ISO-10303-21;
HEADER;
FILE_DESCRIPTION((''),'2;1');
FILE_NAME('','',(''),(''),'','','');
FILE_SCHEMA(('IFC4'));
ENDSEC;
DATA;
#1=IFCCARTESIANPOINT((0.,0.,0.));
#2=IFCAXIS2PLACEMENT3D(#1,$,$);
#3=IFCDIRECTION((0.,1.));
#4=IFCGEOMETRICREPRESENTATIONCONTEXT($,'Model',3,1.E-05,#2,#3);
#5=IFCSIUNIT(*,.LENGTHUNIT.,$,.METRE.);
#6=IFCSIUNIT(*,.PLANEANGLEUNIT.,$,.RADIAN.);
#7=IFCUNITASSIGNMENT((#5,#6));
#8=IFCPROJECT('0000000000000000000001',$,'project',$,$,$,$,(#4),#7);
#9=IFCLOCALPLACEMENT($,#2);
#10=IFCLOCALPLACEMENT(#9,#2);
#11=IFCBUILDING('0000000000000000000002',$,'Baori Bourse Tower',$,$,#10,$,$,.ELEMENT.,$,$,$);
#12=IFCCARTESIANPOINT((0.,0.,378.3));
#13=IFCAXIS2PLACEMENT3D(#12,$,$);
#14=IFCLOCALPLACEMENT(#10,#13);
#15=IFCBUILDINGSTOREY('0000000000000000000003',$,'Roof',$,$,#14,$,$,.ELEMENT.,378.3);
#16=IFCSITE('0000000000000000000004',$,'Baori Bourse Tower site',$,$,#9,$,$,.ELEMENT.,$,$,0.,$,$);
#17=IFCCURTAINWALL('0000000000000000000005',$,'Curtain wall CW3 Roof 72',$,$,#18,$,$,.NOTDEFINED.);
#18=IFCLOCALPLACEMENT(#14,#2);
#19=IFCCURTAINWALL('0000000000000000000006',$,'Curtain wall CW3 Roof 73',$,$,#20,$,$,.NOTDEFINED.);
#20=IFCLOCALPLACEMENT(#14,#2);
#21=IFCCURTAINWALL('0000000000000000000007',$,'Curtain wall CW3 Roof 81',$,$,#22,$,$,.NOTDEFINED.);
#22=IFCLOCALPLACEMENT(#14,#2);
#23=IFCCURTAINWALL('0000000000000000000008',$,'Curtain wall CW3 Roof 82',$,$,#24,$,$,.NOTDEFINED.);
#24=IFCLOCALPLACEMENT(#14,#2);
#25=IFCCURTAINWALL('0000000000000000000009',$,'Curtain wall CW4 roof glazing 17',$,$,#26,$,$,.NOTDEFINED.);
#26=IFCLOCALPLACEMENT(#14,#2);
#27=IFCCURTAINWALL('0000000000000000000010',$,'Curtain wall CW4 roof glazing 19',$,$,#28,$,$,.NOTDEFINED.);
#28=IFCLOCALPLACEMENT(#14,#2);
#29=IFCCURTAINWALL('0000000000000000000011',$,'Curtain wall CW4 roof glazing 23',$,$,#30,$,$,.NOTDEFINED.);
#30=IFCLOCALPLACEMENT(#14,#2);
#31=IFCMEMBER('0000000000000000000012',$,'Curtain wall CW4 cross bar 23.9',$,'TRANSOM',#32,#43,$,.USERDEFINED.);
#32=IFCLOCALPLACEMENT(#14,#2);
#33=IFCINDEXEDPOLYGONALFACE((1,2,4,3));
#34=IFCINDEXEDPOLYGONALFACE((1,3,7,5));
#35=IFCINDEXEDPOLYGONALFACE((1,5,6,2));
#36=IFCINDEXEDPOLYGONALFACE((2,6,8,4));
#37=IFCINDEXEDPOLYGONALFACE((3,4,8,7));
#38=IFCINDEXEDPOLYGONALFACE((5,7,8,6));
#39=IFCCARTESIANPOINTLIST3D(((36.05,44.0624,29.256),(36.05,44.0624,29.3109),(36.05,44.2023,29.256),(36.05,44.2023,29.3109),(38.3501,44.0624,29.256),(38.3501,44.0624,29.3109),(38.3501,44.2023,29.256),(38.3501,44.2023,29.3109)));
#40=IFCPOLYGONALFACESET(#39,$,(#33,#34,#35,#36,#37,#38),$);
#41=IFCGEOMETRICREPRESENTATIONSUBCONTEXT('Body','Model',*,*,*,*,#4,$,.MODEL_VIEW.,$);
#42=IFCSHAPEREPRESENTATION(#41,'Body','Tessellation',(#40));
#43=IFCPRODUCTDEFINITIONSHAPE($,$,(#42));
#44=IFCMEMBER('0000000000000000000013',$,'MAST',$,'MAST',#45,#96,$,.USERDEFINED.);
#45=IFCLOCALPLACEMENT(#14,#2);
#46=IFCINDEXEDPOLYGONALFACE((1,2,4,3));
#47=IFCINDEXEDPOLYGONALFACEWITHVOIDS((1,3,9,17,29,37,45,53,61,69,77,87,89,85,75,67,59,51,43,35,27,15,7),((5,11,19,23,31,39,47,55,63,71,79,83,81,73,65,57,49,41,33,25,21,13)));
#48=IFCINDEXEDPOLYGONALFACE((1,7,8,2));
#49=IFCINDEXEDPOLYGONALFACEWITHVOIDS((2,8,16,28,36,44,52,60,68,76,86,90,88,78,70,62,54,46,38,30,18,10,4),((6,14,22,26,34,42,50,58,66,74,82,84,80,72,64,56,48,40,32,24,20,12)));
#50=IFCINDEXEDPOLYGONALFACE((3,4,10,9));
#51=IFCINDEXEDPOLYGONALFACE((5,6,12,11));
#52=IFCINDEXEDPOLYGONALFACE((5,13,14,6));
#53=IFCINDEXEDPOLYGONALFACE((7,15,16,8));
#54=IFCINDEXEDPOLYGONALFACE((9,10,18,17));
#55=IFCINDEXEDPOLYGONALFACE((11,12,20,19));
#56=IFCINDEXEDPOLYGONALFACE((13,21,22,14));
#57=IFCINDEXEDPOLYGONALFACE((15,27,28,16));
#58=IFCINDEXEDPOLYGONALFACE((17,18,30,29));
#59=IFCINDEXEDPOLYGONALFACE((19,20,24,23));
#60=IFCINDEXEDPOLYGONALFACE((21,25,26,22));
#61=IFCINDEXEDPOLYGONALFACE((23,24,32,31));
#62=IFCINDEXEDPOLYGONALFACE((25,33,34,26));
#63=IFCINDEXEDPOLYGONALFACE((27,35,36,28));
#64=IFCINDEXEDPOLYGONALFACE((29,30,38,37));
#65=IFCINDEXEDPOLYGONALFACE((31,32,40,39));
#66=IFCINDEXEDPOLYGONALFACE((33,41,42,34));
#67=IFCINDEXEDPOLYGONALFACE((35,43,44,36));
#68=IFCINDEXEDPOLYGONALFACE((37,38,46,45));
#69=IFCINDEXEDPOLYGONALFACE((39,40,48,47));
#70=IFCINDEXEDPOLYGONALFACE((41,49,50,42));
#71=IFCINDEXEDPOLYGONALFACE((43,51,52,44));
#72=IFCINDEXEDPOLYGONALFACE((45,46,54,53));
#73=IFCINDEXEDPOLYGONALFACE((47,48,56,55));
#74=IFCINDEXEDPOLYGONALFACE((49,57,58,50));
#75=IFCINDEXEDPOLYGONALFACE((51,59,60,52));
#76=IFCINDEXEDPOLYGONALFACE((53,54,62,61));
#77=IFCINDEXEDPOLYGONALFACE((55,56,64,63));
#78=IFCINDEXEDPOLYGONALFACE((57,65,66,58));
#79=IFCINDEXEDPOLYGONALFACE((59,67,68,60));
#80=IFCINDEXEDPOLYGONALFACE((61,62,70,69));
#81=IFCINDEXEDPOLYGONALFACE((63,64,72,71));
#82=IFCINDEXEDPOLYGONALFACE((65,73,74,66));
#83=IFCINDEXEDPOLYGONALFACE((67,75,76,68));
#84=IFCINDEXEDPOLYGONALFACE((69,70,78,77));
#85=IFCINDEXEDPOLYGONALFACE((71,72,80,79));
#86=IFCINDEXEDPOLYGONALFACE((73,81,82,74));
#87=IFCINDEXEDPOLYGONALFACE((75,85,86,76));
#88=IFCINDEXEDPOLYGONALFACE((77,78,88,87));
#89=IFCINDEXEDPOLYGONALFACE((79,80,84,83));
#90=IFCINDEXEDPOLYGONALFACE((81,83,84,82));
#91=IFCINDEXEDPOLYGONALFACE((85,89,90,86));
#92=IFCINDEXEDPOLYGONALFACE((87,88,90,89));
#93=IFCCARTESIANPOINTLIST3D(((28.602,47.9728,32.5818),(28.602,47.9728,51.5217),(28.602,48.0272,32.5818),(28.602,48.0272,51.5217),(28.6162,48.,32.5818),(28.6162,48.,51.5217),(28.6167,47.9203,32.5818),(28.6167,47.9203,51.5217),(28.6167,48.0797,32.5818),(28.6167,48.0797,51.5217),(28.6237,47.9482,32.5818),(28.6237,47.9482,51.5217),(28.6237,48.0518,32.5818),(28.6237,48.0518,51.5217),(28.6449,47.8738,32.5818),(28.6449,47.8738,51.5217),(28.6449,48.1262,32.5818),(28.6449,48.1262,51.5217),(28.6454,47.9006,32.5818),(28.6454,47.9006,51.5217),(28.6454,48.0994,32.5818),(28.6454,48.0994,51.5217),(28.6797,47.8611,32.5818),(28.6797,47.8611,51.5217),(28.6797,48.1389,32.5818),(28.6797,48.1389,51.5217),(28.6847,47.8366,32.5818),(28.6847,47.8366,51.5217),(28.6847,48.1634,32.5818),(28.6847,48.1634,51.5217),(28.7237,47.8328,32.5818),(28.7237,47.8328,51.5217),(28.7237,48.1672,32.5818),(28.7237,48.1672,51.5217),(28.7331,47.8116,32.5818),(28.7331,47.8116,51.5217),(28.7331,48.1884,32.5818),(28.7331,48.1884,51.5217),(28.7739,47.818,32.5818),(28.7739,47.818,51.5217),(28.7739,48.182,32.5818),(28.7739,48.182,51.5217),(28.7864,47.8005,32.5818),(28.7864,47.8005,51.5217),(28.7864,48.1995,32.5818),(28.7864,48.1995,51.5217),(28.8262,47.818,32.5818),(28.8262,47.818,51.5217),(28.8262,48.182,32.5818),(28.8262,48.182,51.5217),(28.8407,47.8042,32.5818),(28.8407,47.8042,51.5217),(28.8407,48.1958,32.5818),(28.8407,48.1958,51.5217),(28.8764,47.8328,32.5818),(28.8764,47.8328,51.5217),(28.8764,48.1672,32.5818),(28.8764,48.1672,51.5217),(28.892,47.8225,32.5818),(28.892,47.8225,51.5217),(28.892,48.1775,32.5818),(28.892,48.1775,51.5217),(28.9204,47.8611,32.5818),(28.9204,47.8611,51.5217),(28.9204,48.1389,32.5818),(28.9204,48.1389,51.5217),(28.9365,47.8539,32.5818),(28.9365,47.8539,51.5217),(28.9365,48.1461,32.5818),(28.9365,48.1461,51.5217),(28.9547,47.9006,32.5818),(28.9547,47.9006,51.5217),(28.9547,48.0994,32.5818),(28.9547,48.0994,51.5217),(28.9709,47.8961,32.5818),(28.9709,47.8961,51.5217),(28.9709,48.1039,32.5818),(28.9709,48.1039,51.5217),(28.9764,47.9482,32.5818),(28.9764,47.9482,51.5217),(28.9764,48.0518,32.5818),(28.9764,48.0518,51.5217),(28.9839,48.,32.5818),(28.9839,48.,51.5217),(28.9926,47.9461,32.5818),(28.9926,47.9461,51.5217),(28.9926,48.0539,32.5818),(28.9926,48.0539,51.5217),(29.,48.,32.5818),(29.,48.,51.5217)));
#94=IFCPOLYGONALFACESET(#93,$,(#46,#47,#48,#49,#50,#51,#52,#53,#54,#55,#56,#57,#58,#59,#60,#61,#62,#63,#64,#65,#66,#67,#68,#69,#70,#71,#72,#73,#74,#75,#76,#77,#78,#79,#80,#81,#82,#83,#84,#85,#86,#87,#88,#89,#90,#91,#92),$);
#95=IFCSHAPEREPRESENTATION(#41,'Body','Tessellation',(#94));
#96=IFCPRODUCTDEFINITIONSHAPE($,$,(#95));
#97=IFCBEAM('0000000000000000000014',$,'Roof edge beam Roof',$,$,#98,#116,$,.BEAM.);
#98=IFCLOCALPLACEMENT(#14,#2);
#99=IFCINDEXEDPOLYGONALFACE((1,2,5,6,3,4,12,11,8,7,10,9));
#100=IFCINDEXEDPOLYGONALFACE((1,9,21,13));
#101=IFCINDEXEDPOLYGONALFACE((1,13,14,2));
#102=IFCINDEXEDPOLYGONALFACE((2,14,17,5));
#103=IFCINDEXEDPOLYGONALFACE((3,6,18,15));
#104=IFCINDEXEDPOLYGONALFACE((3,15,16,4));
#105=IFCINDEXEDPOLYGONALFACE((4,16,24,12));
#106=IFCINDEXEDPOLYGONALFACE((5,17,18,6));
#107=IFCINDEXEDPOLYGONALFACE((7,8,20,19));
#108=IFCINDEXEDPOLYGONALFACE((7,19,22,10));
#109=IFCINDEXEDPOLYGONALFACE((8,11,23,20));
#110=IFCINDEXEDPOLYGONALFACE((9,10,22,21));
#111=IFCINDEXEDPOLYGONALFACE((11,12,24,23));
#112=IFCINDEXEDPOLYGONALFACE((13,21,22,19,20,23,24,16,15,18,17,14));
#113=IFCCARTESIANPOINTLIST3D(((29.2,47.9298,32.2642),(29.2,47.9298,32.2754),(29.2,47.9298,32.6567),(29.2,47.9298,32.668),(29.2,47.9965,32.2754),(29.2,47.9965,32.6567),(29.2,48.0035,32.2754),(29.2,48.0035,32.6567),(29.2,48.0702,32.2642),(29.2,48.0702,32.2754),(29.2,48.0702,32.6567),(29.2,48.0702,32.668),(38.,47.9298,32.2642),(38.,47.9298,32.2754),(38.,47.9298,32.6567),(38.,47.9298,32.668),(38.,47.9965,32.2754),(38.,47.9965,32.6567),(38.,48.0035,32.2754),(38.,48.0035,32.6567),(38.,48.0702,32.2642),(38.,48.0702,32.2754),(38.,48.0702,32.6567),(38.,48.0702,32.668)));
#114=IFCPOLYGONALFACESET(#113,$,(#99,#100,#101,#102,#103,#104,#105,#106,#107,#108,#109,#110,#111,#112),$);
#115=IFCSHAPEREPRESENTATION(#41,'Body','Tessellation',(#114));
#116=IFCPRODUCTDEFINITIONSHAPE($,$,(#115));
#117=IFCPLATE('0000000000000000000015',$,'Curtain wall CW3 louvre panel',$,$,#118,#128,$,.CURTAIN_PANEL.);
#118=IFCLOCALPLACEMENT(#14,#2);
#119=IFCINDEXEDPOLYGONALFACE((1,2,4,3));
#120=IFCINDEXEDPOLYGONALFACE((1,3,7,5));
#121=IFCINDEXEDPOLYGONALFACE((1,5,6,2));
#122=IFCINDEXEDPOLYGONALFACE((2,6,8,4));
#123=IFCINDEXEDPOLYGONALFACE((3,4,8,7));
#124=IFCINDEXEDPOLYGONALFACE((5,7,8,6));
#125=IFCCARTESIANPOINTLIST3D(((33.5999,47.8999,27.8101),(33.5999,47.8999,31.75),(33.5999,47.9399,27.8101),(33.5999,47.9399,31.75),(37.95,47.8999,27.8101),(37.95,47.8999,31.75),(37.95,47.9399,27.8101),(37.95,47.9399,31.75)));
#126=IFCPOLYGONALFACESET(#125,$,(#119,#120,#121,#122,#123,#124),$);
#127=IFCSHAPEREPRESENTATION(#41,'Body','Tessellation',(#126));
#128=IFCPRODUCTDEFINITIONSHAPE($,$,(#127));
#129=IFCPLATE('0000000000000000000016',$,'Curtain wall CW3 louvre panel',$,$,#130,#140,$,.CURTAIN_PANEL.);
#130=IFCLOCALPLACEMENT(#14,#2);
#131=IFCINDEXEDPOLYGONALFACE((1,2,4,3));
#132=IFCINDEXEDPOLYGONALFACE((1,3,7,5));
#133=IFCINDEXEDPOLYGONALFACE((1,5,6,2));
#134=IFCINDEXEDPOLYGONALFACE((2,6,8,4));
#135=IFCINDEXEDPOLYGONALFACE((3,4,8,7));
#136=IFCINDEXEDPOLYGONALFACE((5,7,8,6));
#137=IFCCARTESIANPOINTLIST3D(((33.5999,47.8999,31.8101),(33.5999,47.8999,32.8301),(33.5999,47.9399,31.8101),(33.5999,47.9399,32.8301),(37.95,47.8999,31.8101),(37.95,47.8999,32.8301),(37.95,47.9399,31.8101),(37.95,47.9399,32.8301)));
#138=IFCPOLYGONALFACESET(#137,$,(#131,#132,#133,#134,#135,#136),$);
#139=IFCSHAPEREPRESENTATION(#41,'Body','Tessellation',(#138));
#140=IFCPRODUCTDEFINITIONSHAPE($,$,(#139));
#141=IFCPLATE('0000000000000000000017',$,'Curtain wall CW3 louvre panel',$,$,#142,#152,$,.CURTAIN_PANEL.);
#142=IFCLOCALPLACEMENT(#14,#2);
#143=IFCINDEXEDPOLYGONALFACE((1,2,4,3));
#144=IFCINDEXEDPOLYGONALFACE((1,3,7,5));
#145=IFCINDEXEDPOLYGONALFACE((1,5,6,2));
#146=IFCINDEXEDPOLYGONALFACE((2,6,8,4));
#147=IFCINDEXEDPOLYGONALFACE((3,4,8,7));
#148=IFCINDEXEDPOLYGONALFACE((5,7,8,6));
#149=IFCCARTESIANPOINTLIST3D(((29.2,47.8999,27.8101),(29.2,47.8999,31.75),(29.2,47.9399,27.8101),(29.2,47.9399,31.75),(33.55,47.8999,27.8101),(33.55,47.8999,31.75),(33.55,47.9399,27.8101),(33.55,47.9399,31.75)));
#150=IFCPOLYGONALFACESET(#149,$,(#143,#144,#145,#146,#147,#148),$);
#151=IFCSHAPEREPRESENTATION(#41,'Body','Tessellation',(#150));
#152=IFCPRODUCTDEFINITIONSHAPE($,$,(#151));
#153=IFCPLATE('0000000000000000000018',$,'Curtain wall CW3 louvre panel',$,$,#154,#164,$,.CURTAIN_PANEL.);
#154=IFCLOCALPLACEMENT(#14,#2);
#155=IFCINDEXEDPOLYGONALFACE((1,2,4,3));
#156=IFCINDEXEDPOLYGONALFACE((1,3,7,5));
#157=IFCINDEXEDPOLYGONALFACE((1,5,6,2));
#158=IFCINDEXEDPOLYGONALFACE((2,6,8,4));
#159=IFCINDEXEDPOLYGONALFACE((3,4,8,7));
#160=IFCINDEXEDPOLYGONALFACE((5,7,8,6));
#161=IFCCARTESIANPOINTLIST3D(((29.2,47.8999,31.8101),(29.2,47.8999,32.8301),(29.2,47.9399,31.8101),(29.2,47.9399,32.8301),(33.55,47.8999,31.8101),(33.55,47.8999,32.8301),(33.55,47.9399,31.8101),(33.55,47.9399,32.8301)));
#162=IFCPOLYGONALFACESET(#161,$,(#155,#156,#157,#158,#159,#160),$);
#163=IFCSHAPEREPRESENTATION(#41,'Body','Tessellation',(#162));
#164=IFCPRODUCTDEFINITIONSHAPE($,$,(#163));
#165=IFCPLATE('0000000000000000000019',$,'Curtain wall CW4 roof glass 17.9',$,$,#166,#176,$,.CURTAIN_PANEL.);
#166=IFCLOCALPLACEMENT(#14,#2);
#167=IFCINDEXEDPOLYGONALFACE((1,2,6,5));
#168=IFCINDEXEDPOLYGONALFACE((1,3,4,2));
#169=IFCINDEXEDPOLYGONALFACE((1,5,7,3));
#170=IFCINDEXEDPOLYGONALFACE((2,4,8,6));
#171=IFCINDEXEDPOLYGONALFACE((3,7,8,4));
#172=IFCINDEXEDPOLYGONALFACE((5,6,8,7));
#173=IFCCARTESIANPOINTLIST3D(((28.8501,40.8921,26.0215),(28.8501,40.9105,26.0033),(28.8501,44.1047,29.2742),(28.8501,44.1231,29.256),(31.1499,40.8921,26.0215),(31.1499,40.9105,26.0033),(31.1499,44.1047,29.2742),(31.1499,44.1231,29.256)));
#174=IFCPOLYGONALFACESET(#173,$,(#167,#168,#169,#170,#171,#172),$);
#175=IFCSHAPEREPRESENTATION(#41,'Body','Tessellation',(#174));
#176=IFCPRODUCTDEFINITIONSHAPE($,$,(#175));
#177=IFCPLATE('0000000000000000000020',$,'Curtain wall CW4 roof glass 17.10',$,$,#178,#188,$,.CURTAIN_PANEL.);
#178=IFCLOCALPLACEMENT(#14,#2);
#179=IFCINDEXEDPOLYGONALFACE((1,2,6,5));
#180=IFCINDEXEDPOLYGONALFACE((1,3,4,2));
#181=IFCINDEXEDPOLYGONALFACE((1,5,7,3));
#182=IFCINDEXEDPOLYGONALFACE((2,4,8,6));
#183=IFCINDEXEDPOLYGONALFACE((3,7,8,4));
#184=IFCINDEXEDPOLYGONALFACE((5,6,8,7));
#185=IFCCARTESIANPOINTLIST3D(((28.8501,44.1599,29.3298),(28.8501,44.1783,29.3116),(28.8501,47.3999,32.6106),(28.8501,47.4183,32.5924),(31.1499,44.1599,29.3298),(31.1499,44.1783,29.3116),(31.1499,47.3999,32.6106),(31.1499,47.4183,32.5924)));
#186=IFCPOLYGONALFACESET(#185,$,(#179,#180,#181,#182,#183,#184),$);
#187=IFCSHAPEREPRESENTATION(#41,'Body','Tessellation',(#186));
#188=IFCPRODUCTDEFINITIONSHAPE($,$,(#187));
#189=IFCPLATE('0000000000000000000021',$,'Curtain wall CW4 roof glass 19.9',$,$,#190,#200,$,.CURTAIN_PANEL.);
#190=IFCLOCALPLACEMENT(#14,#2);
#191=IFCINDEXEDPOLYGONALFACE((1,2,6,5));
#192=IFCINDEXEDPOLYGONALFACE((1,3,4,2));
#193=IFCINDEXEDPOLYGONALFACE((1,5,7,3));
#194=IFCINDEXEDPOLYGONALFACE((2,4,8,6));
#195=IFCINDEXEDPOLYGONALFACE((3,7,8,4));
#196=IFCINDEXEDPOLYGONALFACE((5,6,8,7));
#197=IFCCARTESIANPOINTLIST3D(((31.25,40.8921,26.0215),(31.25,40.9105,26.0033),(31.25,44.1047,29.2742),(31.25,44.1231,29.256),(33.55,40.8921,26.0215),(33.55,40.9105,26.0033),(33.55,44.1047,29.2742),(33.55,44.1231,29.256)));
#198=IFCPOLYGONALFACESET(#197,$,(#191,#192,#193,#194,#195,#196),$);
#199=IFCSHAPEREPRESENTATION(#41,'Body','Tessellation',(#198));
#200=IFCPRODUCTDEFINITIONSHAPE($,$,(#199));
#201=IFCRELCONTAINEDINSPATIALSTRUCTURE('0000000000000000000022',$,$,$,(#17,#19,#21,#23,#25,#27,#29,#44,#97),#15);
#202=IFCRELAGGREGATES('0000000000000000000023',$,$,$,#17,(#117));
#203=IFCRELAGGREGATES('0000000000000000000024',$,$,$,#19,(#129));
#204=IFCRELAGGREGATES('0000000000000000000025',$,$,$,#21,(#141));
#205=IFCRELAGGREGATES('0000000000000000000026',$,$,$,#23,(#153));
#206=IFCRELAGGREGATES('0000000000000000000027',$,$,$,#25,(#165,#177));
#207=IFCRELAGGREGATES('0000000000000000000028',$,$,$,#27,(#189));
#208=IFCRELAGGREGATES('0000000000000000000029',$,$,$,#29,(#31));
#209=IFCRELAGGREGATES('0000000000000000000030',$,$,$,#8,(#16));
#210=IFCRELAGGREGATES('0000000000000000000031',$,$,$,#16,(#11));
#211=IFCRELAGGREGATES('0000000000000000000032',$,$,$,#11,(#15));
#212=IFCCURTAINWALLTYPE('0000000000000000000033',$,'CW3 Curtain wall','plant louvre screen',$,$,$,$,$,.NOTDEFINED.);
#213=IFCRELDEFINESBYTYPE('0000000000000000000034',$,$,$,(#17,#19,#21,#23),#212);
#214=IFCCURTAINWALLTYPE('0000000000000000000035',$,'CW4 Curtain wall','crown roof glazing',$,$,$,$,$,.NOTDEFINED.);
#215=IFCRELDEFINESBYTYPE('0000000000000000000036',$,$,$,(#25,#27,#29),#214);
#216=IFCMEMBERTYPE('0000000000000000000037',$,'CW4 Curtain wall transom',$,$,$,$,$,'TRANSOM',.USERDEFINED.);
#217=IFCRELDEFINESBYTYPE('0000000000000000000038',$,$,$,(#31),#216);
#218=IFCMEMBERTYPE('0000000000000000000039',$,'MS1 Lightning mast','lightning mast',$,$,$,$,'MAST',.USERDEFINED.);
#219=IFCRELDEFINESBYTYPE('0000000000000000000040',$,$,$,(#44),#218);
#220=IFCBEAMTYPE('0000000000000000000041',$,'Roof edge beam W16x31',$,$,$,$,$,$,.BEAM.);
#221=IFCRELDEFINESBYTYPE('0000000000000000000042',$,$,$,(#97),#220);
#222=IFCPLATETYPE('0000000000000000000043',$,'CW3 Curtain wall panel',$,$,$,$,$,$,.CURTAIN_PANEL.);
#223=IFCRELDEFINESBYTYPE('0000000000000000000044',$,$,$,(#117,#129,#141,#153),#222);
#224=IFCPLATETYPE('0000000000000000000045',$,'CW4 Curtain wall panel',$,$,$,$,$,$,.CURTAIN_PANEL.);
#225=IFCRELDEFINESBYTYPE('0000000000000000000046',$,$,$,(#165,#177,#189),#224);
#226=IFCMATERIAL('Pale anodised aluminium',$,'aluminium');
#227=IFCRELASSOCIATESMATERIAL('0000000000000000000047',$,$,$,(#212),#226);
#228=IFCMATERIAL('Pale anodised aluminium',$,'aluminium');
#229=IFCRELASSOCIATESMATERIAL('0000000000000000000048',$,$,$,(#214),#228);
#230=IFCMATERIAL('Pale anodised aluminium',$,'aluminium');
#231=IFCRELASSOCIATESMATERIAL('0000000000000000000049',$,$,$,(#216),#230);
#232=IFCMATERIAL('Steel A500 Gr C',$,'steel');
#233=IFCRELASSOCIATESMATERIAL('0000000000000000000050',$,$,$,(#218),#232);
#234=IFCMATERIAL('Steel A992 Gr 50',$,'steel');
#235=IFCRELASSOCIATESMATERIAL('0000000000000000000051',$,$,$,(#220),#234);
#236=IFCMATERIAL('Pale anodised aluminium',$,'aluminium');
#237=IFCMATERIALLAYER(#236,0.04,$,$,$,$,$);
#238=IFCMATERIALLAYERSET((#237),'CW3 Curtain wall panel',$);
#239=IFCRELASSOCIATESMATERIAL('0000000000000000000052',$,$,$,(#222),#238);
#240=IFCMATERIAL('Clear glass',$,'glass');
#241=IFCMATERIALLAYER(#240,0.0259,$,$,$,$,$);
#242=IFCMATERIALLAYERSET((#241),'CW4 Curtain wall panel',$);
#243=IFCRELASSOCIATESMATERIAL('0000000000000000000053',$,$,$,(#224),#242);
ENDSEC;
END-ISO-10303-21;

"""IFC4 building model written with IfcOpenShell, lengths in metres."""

from ifc_helpers import new_model, si_unit, direction, frame, origin, origin_2d, place, context, subcontext, project, spatial, polyline, rectangle, hollow_circle, i_section, outline, extrude, material, layer, layer_set, material_profile, profile_set, type_object, element, aggregate, save


model = new_model("IFC4")

# Units and contexts
model_context = context("Model", 3, precision=1e-05, world=origin(), true_north=direction((0.0, 1.0)))
body_context = subcontext(model_context, "Body", "Model", "MODEL_VIEW")
ifc_project = project(units=[si_unit("LENGTHUNIT", "METRE"), si_unit("PLANEANGLEUNIT", "RADIAN")], contexts=[model_context])

# Site, building, storey
site_placement = place(None, origin())
site = spatial("IfcSite", under=ifc_project, at=site_placement, Name="Baori Bourse Tower site", CompositionType="ELEMENT", RefElevation=0.0)
building_placement = place(site_placement, origin())
building = spatial("IfcBuilding", under=site, at=building_placement, Name="Baori Bourse Tower", CompositionType="ELEMENT")
storey_placement = place(building_placement, frame((0.0, 0.0, 378.3)))
storey = spatial("IfcBuildingStorey", under=building, at=storey_placement, Name="Roof", CompositionType="ELEMENT", Elevation=378.3)

# Curtain walls
ifc_material_1 = material(Name="Pale anodised aluminium", Category="aluminium")
curtain_wall_type_1 = type_object("IfcCurtainWallType", Name="CW3 Curtain wall", Description="plant louvre screen", PredefinedType="NOTDEFINED", material=ifc_material_1)
curtain_wall_1_placement = place(storey_placement, origin())
curtain_wall_1 = element("IfcCurtainWall", 1, at=curtain_wall_1_placement, inside=storey, type_object=curtain_wall_type_1, Name="Curtain wall CW3 Roof 72", PredefinedType="NOTDEFINED")
curtain_wall_2_placement = place(storey_placement, origin())
curtain_wall_2 = element("IfcCurtainWall", 2, at=curtain_wall_2_placement, inside=storey, type_object=curtain_wall_type_1, Name="Curtain wall CW3 Roof 73", PredefinedType="NOTDEFINED")
curtain_wall_3_placement = place(storey_placement, origin())
curtain_wall_3 = element("IfcCurtainWall", 3, at=curtain_wall_3_placement, inside=storey, type_object=curtain_wall_type_1, Name="Curtain wall CW3 Roof 81", PredefinedType="NOTDEFINED")
curtain_wall_4_placement = place(storey_placement, origin())
curtain_wall_4 = element("IfcCurtainWall", 4, at=curtain_wall_4_placement, inside=storey, type_object=curtain_wall_type_1, Name="Curtain wall CW3 Roof 82", PredefinedType="NOTDEFINED")

# Curtain walls
ifc_material_2 = material(Name="Pale anodised aluminium", Category="aluminium")
curtain_wall_type_2 = type_object("IfcCurtainWallType", Name="CW4 Curtain wall", Description="crown roof glazing", PredefinedType="NOTDEFINED", material=ifc_material_2)
curtain_wall_5_placement = place(storey_placement, origin())
curtain_wall_5 = element("IfcCurtainWall", 5, at=curtain_wall_5_placement, inside=storey, type_object=curtain_wall_type_2, Name="Curtain wall CW4 roof glazing 17", PredefinedType="NOTDEFINED")
ifc_material_3 = material(Name="Pale anodised aluminium", Category="aluminium")
ifc_material_profile_1 = material_profile(ifc_material_3, rectangle(XDim=0.1399, YDim=0.0549, at=origin_2d()), Name="Transom 55x140")
ifc_profile_set_1 = profile_set([ifc_material_profile_1], Name="Pale anodised aluminium")
member_type_1 = type_object("IfcMemberType", Name="CW4 Curtain wall transom", ElementType="TRANSOM", PredefinedType="USERDEFINED", material=ifc_profile_set_1)
curtain_wall_6_placement = place(storey_placement, origin())
curtain_wall_6 = element("IfcCurtainWall", 6, at=curtain_wall_6_placement, inside=storey, type_object=curtain_wall_type_2, Name="Curtain wall CW4 roof glazing 19", PredefinedType="NOTDEFINED")

# Curtain wall, member
curtain_wall_7_placement = place(storey_placement, origin())
curtain_wall_7 = element("IfcCurtainWall", 7, at=curtain_wall_7_placement, inside=storey, type_object=curtain_wall_type_2, Name="Curtain wall CW4 roof glazing 23", PredefinedType="NOTDEFINED")
member_1_placement = place(storey_placement, frame((36.05, 44.1323, 29.2834), z_axis=(1.0, 0.0, 0.0), x_axis=(0.0, 1.0, 0.0)))
member_1 = element("IfcMember", 8, at=member_1_placement, type_object=member_type_1, Name="Curtain wall CW4 cross bar 23.9", ObjectType="TRANSOM", PredefinedType="USERDEFINED", context=body_context, shape_type="SweptSolid", body=[
    extrude(rectangle(XDim=0.1399, YDim=0.0549, at=origin_2d()), origin(), (0.0, 0.0, 1.0), 2.3),
])

# Member
ifc_material_4 = material(Name="Steel A500 Gr C", Category="steel")
ifc_material_profile_2 = material_profile(ifc_material_4, hollow_circle(Radius=0.2, WallThickness=0.0161, at=origin_2d()), Name="CHS 400x16")
ifc_profile_set_2 = profile_set([ifc_material_profile_2], Name="Steel A500 Gr C")
member_type_2 = type_object("IfcMemberType", Name="MS1 Lightning mast", Description="lightning mast", ElementType="MAST", PredefinedType="USERDEFINED", material=ifc_profile_set_2)
member_2_placement = place(storey_placement, frame((28.8, 48.0, 32.5818), z_axis=(0.0, 0.0, 1.0), x_axis=(1.0, 0.0, 0.0)))
element("IfcMember", 9, at=member_2_placement, inside=storey, type_object=member_type_2, Name="MAST", ObjectType="MAST", PredefinedType="USERDEFINED", context=body_context, shape_type="SweptSolid", body=[
    extrude(hollow_circle(Radius=0.2, WallThickness=0.0161, at=origin_2d()), origin(), (0.0, 0.0, 1.0), 18.9399),
])

# Beam
ifc_material_5 = material(Name="Steel A992 Gr 50", Category="steel")
ifc_material_profile_3 = material_profile(ifc_material_5, i_section(OverallWidth=0.1404, OverallDepth=0.4038, WebThickness=0.0071, FlangeThickness=0.0112, at=origin_2d()), Name="W16x31")
ifc_profile_set_3 = profile_set([ifc_material_profile_3], Name="Steel A992 Gr 50")
beam_type = type_object("IfcBeamType", Name="Roof edge beam W16x31", PredefinedType="BEAM", material=ifc_profile_set_3)
beam_placement = place(storey_placement, frame((29.2, 48.0, 32.4661), z_axis=(1.0, 0.0, 0.0), x_axis=(0.0, 1.0, 0.0)))
element("IfcBeam", 10, at=beam_placement, inside=storey, type_object=beam_type, Name="Roof edge beam Roof", PredefinedType="BEAM", context=body_context, shape_type="SweptSolid", body=[
    extrude(i_section(OverallWidth=0.1404, OverallDepth=0.4038, WebThickness=0.0071, FlangeThickness=0.0112, at=origin_2d()), origin(), (0.0, 0.0, 1.0), 8.8),
])

# Plates
ifc_material_6 = material(Name="Pale anodised aluminium", Category="aluminium")
ifc_layer_1 = layer(ifc_material_6, 0.04)
ifc_layer_set_1 = layer_set([ifc_layer_1], Name="CW3 Curtain wall panel")
plate_type_1 = type_object("IfcPlateType", Name="CW3 Curtain wall panel", PredefinedType="CURTAIN_PANEL", material=ifc_layer_set_1)
plate_1_placement = place(storey_placement, frame((35.7749, 47.9199, 27.8101), z_axis=(0.0, 0.0, 1.0), x_axis=(-1.0, 0.0, 0.0)))
plate_1 = element("IfcPlate", 11, at=plate_1_placement, type_object=plate_type_1, Name="Curtain wall CW3 louvre panel", PredefinedType="CURTAIN_PANEL", context=body_context, shape_type="SweptSolid", body=[
    extrude(rectangle(XDim=4.3501, YDim=0.04, at=origin_2d()), origin(), (0.0, 0.0, 1.0), 3.9399),
])
aggregate(curtain_wall_1, [plate_1])
plate_2_placement = place(storey_placement, frame((35.7749, 47.9199, 31.8101), z_axis=(0.0, 0.0, 1.0), x_axis=(-1.0, 0.0, 0.0)))
plate_2 = element("IfcPlate", 12, at=plate_2_placement, type_object=plate_type_1, Name="Curtain wall CW3 louvre panel", PredefinedType="CURTAIN_PANEL", context=body_context, shape_type="SweptSolid", body=[
    extrude(rectangle(XDim=4.3501, YDim=0.04, at=origin_2d()), origin(), (0.0, 0.0, 1.0), 1.02),
])
aggregate(curtain_wall_2, [plate_2])
plate_3_placement = place(storey_placement, frame((31.375, 47.9199, 27.8101), z_axis=(0.0, 0.0, 1.0), x_axis=(-1.0, 0.0, 0.0)))
plate_3 = element("IfcPlate", 13, at=plate_3_placement, type_object=plate_type_1, Name="Curtain wall CW3 louvre panel", PredefinedType="CURTAIN_PANEL", context=body_context, shape_type="SweptSolid", body=[
    extrude(rectangle(XDim=4.3501, YDim=0.04, at=origin_2d()), origin(), (0.0, 0.0, 1.0), 3.9399),
])
aggregate(curtain_wall_3, [plate_3])
plate_4_placement = place(storey_placement, frame((31.375, 47.9199, 31.8101), z_axis=(0.0, 0.0, 1.0), x_axis=(-1.0, 0.0, 0.0)))
plate_4 = element("IfcPlate", 14, at=plate_4_placement, type_object=plate_type_1, Name="Curtain wall CW3 louvre panel", PredefinedType="CURTAIN_PANEL", context=body_context, shape_type="SweptSolid", body=[
    extrude(rectangle(XDim=4.3501, YDim=0.04, at=origin_2d()), origin(), (0.0, 0.0, 1.0), 1.02),
])
aggregate(curtain_wall_4, [plate_4])
ifc_material_7 = material(Name="Clear glass", Category="glass")
ifc_layer_2 = layer(ifc_material_7, 0.0259)
ifc_layer_set_2 = layer_set([ifc_layer_2], Name="CW4 Curtain wall panel")
plate_type_2 = type_object("IfcPlateType", Name="CW4 Curtain wall panel", PredefinedType="CURTAIN_PANEL", material=ifc_layer_set_2)
plate_5_placement = place(storey_placement, frame((28.8501, 40.8921, 26.0215), z_axis=(0.0, -0.711472, 0.702714), x_axis=(1.0, 0.0, 0.0)))
plate_5 = element("IfcPlate", 15, at=plate_5_placement, type_object=plate_type_2, Name="Curtain wall CW4 roof glass 17.9", PredefinedType="CURTAIN_PANEL", context=body_context, shape_type="SweptSolid", body=[
    extrude(outline(polyline([(0.0, 0.0), (2.2998, 0.0), (2.2998, 4.5718), (0.0, 4.5718), (0.0, 0.0)])), origin(), (0.0, 0.0, -1.0), 0.0259),
])
plate_6_placement = place(storey_placement, frame((28.8501, 44.1599, 29.3298), z_axis=(0.0, -0.711514, 0.702672), x_axis=(1.0, 0.0, 0.0)))
plate_6 = element("IfcPlate", 16, at=plate_6_placement, type_object=plate_type_2, Name="Curtain wall CW4 roof glass 17.10", PredefinedType="CURTAIN_PANEL", context=body_context, shape_type="SweptSolid", body=[
    extrude(outline(polyline([(0.0, 0.0), (2.2998, 0.0), (2.2998, 4.611), (0.0, 4.611), (0.0, 0.0)])), origin(), (0.0, 0.0, -1.0), 0.0259),
])
aggregate(curtain_wall_5, [plate_5, plate_6])
plate_7_placement = place(storey_placement, frame((31.25, 40.8921, 26.0215), z_axis=(0.0, -0.711472, 0.702714), x_axis=(1.0, 0.0, 0.0)))
plate_7 = element("IfcPlate", 17, at=plate_7_placement, type_object=plate_type_2, Name="Curtain wall CW4 roof glass 19.9", PredefinedType="CURTAIN_PANEL", context=body_context, shape_type="SweptSolid", body=[
    extrude(outline(polyline([(0.0, 0.0), (2.3, 0.0), (2.3, 4.5718), (0.0, 4.5718), (0.0, 0.0)])), origin(), (0.0, 0.0, -1.0), 0.0259),
])
aggregate(curtain_wall_6, [plate_7])
aggregate(curtain_wall_7, [member_1])

save(model, "model.ifc")
